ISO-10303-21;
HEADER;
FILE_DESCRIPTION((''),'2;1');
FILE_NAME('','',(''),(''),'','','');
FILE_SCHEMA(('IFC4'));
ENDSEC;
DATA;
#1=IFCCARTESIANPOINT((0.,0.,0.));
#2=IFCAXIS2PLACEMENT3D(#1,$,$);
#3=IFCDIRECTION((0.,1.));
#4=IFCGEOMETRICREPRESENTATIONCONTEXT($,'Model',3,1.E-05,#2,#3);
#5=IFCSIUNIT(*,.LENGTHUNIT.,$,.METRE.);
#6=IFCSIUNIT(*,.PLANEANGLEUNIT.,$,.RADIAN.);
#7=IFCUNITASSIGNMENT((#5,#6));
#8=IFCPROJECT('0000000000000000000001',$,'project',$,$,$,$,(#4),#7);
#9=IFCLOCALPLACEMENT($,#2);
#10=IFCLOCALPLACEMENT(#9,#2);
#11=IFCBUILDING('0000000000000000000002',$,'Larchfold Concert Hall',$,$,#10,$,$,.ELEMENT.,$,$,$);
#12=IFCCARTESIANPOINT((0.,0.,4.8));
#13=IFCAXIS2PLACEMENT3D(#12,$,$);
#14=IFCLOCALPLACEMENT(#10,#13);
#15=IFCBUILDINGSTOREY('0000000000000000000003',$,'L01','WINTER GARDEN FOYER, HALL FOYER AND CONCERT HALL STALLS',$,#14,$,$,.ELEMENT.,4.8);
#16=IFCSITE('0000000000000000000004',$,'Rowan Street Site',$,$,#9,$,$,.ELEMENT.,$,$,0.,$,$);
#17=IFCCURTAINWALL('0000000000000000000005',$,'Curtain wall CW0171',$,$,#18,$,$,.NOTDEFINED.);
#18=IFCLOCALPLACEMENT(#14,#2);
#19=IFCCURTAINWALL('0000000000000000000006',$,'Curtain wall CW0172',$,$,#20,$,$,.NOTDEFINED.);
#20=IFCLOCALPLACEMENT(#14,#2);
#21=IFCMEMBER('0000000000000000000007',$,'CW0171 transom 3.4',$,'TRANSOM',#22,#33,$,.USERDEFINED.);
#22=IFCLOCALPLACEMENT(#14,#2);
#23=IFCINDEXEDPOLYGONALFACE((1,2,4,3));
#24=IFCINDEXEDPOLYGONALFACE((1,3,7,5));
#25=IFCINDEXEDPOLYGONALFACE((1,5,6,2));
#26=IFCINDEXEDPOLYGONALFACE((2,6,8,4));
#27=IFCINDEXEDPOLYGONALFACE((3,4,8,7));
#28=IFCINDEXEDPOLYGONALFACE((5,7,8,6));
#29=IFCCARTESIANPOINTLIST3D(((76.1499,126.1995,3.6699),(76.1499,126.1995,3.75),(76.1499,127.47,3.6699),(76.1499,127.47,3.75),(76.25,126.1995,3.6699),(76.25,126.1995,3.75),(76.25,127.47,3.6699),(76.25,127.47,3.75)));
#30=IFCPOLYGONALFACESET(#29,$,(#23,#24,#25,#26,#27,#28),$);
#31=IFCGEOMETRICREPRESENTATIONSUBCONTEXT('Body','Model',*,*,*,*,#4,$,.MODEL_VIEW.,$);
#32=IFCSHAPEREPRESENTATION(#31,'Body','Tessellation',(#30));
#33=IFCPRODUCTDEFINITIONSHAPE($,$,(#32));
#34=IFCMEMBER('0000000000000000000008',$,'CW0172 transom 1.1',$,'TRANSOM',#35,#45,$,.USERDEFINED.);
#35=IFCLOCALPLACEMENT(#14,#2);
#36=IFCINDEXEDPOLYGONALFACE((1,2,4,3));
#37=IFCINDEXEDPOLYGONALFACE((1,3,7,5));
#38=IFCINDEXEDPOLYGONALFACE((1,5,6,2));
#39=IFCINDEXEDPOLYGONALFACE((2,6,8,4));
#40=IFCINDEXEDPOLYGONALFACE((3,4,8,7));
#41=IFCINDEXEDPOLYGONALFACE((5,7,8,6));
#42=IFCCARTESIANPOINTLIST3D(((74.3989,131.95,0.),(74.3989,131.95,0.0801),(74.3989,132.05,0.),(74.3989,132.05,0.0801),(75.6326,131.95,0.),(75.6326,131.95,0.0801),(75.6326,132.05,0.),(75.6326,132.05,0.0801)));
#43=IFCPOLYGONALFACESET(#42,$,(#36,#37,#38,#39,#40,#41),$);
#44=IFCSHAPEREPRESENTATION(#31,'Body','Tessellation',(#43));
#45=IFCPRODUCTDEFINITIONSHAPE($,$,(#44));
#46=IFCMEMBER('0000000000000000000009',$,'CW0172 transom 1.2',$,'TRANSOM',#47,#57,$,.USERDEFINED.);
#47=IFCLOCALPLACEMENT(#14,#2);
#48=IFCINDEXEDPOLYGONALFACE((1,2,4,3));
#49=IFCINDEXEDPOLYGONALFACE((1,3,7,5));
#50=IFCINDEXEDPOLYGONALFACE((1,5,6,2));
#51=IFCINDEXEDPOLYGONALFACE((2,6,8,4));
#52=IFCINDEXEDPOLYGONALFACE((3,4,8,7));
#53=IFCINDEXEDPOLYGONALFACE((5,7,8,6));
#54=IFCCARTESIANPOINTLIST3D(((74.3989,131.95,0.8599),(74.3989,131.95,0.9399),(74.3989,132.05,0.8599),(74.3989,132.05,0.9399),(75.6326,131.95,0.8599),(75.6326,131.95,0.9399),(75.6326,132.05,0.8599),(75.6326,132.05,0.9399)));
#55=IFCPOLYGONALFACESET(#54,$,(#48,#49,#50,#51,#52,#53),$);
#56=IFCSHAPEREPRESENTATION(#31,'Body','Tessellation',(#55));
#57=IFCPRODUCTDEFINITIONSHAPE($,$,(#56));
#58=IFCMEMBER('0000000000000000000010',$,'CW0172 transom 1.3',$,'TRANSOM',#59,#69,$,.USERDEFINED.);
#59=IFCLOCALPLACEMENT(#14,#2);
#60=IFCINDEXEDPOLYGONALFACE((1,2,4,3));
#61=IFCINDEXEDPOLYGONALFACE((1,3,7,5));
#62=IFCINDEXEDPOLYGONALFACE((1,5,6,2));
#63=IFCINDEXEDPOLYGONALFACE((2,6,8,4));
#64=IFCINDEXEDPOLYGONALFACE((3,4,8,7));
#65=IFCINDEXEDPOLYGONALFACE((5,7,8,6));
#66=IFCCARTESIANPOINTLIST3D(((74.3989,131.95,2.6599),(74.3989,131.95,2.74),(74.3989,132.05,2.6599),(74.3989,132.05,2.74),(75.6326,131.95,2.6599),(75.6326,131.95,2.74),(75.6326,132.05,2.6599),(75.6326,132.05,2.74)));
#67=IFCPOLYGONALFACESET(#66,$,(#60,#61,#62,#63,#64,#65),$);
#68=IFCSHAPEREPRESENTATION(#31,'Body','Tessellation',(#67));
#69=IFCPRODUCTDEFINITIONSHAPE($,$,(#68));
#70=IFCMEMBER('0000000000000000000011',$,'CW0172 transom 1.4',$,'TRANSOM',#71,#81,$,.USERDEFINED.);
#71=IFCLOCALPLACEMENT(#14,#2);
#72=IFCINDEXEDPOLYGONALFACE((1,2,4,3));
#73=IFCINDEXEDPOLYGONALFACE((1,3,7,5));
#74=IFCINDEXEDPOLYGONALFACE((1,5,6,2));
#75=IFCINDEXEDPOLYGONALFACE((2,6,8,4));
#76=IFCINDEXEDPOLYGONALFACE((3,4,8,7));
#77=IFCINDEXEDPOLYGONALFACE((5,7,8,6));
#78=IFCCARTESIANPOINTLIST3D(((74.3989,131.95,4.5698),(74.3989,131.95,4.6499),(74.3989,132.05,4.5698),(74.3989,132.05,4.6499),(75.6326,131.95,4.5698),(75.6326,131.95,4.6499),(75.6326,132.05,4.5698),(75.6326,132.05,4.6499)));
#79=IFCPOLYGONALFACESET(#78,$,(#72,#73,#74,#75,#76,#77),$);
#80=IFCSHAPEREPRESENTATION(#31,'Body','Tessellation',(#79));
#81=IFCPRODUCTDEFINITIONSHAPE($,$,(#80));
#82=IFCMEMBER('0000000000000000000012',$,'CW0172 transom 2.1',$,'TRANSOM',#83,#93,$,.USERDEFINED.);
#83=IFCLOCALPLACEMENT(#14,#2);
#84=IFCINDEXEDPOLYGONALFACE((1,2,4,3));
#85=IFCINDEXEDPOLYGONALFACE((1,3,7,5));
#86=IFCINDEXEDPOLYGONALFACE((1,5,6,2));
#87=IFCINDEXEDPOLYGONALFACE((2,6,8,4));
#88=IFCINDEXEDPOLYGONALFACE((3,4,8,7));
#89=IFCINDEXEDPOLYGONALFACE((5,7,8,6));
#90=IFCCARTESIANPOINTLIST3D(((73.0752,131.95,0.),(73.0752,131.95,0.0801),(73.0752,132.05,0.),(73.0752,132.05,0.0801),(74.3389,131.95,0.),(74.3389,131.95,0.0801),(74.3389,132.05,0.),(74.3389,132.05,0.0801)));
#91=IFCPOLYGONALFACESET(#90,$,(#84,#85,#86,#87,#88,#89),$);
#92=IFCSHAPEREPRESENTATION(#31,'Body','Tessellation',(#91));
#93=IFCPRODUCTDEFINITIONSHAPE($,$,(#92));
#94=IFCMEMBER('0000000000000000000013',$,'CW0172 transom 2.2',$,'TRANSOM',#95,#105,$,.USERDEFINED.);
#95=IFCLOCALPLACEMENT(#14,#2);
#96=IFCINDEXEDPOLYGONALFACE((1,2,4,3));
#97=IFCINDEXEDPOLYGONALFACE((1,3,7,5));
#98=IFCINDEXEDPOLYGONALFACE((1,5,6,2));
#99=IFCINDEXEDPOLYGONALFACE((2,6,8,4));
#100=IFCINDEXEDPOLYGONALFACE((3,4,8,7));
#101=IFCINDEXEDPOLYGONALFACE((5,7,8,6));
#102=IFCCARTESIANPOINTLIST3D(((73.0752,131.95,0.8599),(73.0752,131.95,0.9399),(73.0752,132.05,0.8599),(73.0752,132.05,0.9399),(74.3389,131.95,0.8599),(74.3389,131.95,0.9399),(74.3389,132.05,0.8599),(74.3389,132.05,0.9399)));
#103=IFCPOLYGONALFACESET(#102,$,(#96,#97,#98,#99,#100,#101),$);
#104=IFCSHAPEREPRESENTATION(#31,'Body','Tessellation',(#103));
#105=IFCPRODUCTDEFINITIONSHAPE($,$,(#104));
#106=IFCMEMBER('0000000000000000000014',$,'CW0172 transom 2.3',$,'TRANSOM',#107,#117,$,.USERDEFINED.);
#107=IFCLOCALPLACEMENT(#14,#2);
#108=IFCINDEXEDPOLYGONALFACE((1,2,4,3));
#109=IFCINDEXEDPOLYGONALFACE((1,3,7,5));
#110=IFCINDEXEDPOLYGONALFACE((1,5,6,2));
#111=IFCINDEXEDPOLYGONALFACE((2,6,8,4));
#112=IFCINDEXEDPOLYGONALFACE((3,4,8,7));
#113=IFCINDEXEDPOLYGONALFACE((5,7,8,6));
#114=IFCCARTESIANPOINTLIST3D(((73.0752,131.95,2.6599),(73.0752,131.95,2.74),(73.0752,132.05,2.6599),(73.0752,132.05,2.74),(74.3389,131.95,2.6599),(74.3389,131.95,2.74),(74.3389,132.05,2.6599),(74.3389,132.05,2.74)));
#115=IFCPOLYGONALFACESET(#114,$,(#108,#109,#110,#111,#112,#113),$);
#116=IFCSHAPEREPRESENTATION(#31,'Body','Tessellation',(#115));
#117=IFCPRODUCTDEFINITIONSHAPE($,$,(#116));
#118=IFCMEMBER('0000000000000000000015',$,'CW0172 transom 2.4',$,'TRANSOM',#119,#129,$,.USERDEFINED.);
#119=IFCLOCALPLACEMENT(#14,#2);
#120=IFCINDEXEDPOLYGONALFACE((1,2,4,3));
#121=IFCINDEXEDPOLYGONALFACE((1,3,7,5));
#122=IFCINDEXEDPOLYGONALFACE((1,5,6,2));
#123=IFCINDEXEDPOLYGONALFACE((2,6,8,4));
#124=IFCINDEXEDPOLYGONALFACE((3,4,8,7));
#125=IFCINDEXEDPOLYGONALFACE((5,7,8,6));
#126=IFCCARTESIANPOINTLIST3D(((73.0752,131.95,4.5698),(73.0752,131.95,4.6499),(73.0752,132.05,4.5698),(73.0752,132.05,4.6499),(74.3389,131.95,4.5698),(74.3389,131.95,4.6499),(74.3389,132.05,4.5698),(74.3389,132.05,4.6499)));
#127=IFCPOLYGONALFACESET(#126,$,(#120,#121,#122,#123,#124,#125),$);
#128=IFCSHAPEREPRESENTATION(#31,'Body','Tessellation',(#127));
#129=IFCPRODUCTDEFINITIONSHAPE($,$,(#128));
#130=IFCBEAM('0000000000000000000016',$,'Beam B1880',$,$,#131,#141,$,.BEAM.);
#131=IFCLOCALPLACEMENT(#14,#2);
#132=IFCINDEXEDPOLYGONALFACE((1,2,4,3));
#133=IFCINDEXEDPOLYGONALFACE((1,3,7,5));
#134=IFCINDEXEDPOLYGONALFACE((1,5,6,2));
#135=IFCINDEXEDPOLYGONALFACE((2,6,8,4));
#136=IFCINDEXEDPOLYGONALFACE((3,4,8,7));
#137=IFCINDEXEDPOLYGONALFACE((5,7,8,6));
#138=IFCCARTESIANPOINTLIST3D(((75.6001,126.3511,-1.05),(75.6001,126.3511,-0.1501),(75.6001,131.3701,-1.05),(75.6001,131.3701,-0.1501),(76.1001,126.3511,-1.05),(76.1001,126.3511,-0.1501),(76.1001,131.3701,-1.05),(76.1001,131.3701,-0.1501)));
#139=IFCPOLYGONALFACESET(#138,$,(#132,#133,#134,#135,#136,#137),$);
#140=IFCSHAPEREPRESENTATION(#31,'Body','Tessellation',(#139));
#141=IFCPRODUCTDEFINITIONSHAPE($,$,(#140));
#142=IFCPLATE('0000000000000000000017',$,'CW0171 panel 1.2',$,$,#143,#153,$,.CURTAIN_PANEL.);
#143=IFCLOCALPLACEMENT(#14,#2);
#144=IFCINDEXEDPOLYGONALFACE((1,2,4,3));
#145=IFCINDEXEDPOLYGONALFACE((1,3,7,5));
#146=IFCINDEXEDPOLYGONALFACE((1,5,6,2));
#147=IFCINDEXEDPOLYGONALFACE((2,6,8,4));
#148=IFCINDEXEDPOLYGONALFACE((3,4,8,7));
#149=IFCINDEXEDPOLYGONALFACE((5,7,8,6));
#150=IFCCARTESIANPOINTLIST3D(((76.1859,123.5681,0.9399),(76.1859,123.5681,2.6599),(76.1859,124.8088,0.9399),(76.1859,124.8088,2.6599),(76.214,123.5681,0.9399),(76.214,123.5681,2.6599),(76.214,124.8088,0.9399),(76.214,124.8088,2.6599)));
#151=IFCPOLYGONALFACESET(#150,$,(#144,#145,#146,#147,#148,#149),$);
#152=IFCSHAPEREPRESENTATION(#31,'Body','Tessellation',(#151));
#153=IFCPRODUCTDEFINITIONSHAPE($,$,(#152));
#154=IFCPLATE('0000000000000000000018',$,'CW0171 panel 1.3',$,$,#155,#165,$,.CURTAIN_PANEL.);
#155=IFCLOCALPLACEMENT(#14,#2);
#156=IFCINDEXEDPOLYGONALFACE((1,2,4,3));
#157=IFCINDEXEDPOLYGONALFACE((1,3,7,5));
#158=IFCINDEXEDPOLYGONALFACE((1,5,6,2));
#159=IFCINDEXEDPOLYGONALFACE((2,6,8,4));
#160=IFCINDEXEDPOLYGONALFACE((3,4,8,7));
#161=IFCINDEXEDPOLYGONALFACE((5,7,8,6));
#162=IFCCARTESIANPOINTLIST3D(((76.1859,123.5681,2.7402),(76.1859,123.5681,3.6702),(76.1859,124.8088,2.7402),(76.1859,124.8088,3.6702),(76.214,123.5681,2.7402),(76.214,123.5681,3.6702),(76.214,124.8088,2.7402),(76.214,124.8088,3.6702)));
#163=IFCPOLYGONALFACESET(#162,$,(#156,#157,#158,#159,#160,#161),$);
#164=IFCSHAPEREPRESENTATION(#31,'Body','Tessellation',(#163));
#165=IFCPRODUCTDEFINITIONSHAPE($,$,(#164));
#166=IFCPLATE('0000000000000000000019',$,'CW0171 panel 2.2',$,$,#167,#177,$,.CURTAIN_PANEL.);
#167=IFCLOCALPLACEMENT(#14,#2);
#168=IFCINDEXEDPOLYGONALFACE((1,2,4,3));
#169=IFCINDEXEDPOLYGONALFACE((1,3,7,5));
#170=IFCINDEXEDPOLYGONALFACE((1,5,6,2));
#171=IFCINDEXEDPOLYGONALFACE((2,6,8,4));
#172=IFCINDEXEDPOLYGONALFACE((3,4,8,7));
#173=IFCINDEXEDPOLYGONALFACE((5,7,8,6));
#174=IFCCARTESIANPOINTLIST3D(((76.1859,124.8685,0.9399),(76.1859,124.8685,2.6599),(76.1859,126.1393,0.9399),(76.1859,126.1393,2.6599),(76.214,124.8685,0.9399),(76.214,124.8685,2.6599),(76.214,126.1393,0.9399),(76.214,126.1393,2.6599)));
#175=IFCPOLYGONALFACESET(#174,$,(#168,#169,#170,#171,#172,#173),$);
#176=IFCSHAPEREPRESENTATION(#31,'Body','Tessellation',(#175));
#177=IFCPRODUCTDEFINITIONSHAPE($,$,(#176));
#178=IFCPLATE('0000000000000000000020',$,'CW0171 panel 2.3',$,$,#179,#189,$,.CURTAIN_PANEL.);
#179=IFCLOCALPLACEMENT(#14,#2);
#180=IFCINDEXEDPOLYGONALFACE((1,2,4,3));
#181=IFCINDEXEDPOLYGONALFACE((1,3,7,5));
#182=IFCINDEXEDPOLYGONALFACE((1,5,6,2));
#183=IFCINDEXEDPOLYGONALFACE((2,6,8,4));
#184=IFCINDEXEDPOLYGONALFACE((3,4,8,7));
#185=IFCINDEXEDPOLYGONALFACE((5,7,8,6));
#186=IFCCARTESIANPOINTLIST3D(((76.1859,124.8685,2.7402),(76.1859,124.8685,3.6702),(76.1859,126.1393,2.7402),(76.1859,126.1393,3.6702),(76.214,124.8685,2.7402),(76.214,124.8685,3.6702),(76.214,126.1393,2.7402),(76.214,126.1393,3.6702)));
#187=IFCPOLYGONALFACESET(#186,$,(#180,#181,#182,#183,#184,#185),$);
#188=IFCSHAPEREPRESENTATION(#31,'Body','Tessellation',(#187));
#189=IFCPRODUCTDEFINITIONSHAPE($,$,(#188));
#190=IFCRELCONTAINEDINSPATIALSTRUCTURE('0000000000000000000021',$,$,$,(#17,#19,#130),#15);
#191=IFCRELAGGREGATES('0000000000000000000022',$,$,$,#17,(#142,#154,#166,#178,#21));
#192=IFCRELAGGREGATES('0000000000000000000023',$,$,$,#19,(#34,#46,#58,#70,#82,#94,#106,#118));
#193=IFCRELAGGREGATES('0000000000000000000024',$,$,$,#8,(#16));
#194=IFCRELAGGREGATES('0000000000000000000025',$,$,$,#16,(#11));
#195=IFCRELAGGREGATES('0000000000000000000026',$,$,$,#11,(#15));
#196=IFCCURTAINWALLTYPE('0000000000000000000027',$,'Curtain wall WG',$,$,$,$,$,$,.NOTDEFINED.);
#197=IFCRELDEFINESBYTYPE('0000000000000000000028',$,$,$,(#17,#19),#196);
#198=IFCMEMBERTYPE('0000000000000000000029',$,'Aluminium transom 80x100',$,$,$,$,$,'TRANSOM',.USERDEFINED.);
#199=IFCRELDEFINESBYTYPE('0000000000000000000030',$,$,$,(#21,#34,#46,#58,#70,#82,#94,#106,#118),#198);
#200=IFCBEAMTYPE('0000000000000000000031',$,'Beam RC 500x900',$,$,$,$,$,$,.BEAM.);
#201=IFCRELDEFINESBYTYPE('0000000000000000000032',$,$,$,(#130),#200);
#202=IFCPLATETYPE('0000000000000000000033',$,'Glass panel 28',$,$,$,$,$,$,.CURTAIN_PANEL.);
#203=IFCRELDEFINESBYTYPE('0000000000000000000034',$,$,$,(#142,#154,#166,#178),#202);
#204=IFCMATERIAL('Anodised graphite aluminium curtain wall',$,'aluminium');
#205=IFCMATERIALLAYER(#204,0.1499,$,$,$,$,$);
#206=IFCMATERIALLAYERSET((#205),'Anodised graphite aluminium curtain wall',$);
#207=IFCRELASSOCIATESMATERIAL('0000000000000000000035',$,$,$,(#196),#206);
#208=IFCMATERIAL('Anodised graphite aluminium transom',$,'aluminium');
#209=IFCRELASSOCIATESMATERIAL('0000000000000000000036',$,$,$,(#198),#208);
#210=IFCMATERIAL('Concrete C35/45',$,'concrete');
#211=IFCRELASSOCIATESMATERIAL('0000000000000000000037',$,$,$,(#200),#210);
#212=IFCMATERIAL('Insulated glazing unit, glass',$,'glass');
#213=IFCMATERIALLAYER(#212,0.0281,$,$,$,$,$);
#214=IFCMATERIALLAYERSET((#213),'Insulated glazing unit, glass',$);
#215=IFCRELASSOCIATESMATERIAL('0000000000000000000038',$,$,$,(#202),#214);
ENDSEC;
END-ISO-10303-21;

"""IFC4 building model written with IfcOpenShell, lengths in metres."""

from ifc_helpers import new_model, si_unit, direction, frame, origin, origin_2d, place, context, subcontext, project, spatial, rectangle, extrude, material, layer, layer_set, material_profile, profile_set, type_object, element, aggregate, save


model = new_model("IFC4")

# Units and contexts
model_context = context("Model", 3, precision=1e-05, world=origin(), true_north=direction((0.0, 1.0)))
body_context = subcontext(model_context, "Body", "Model", "MODEL_VIEW")
ifc_project = project(units=[si_unit("LENGTHUNIT", "METRE"), si_unit("PLANEANGLEUNIT", "RADIAN")], contexts=[model_context])

# Site, building, storey
site_placement = place(None, origin())
site = spatial("IfcSite", under=ifc_project, at=site_placement, Name="Rowan Street Site", CompositionType="ELEMENT", RefElevation=0.0)
building_placement = place(site_placement, origin())
building = spatial("IfcBuilding", under=site, at=building_placement, Name="Larchfold Concert Hall", CompositionType="ELEMENT")
storey_placement = place(building_placement, frame((0.0, 0.0, 4.8)))
storey = spatial("IfcBuildingStorey", under=building, at=storey_placement, Name="L01", Description="WINTER GARDEN FOYER, HALL FOYER AND CONCERT HALL STALLS", CompositionType="ELEMENT", Elevation=4.8)

# Curtain walls
ifc_material_1 = material(Name="Anodised graphite aluminium curtain wall", Category="aluminium")
ifc_layer_1 = layer(ifc_material_1, 0.1499)
ifc_layer_set_1 = layer_set([ifc_layer_1], Name="Anodised graphite aluminium curtain wall")
curtain_wall_type = type_object("IfcCurtainWallType", Name="Curtain wall WG", PredefinedType="NOTDEFINED", material=ifc_layer_set_1)
curtain_wall_1_placement = place(storey_placement, origin())
curtain_wall_1 = element("IfcCurtainWall", 1, at=curtain_wall_1_placement, inside=storey, type_object=curtain_wall_type, Name="Curtain wall CW0171", PredefinedType="NOTDEFINED")
curtain_wall_2_placement = place(storey_placement, origin())
curtain_wall_2 = element("IfcCurtainWall", 2, at=curtain_wall_2_placement, inside=storey, type_object=curtain_wall_type, Name="Curtain wall CW0172", PredefinedType="NOTDEFINED")

# Members
ifc_material_2 = material(Name="Anodised graphite aluminium transom", Category="aluminium")
ifc_material_profile_1 = material_profile(ifc_material_2, rectangle(XDim=0.1001, YDim=0.0801, at=origin_2d()))
ifc_profile_set_1 = profile_set([ifc_material_profile_1], Name="Anodised graphite aluminium transom")
member_type_1 = type_object("IfcMemberType", Name="Aluminium transom 80x100", ElementType="TRANSOM", PredefinedType="USERDEFINED", material=ifc_profile_set_1)
member_1_placement = place(storey_placement, frame((76.2, 126.1995, 3.71), z_axis=(0.0, 1.0, 0.0), x_axis=(-1.0, 0.0, 0.0)))
member_1 = element("IfcMember", 3, at=member_1_placement, type_object=member_type_1, Name="CW0171 transom 3.4", ObjectType="TRANSOM", PredefinedType="USERDEFINED", context=body_context, shape_type="SweptSolid", body=[
    extrude(rectangle(XDim=0.1001, YDim=0.0801, at=origin_2d()), origin(), (0.0, 0.0, 1.0), 1.2705),
])
member_2_placement = place(storey_placement, frame((75.6326, 132.0, 0.04), z_axis=(-1.0, 0.0, 0.0), x_axis=(0.0, -1.0, 0.0)))
member_2 = element("IfcMember", 4, at=member_2_placement, type_object=member_type_1, Name="CW0172 transom 1.1", ObjectType="TRANSOM", PredefinedType="USERDEFINED", context=body_context, shape_type="SweptSolid", body=[
    extrude(rectangle(XDim=0.1001, YDim=0.0801, at=origin_2d()), origin(), (0.0, 0.0, 1.0), 1.2336),
])
member_3_placement = place(storey_placement, frame((75.6326, 132.0, 0.8999), z_axis=(-1.0, 0.0, 0.0), x_axis=(0.0, -1.0, 0.0)))
member_3 = element("IfcMember", 5, at=member_3_placement, type_object=member_type_1, Name="CW0172 transom 1.2", ObjectType="TRANSOM", PredefinedType="USERDEFINED", context=body_context, shape_type="SweptSolid", body=[
    extrude(rectangle(XDim=0.1001, YDim=0.0801, at=origin_2d()), origin(), (0.0, 0.0, 1.0), 1.2336),
])
member_4_placement = place(storey_placement, frame((75.6326, 132.0, 2.7), z_axis=(-1.0, 0.0, 0.0), x_axis=(0.0, -1.0, 0.0)))
member_4 = element("IfcMember", 6, at=member_4_placement, type_object=member_type_1, Name="CW0172 transom 1.3", ObjectType="TRANSOM", PredefinedType="USERDEFINED", context=body_context, shape_type="SweptSolid", body=[
    extrude(rectangle(XDim=0.1001, YDim=0.0801, at=origin_2d()), origin(), (0.0, 0.0, 1.0), 1.2336),
])
member_5_placement = place(storey_placement, frame((75.6326, 132.0, 4.6099), z_axis=(-1.0, 0.0, 0.0), x_axis=(0.0, -1.0, 0.0)))
member_5 = element("IfcMember", 7, at=member_5_placement, type_object=member_type_1, Name="CW0172 transom 1.4", ObjectType="TRANSOM", PredefinedType="USERDEFINED", context=body_context, shape_type="SweptSolid", body=[
    extrude(rectangle(XDim=0.1001, YDim=0.0801, at=origin_2d()), origin(), (0.0, 0.0, 1.0), 1.2336),
])
member_6_placement = place(storey_placement, frame((74.3389, 132.0, 0.04), z_axis=(-1.0, 0.0, 0.0), x_axis=(0.0, -1.0, 0.0)))
member_6 = element("IfcMember", 8, at=member_6_placement, type_object=member_type_1, Name="CW0172 transom 2.1", ObjectType="TRANSOM", PredefinedType="USERDEFINED", context=body_context, shape_type="SweptSolid", body=[
    extrude(rectangle(XDim=0.1001, YDim=0.0801, at=origin_2d()), origin(), (0.0, 0.0, 1.0), 1.2637),
])
member_7_placement = place(storey_placement, frame((74.3389, 132.0, 0.8999), z_axis=(-1.0, 0.0, 0.0), x_axis=(0.0, -1.0, 0.0)))
member_7 = element("IfcMember", 9, at=member_7_placement, type_object=member_type_1, Name="CW0172 transom 2.2", ObjectType="TRANSOM", PredefinedType="USERDEFINED", context=body_context, shape_type="SweptSolid", body=[
    extrude(rectangle(XDim=0.1001, YDim=0.0801, at=origin_2d()), origin(), (0.0, 0.0, 1.0), 1.2637),
])
member_8_placement = place(storey_placement, frame((74.3389, 132.0, 2.7), z_axis=(-1.0, 0.0, 0.0), x_axis=(0.0, -1.0, 0.0)))
member_8 = element("IfcMember", 10, at=member_8_placement, type_object=member_type_1, Name="CW0172 transom 2.3", ObjectType="TRANSOM", PredefinedType="USERDEFINED", context=body_context, shape_type="SweptSolid", body=[
    extrude(rectangle(XDim=0.1001, YDim=0.0801, at=origin_2d()), origin(), (0.0, 0.0, 1.0), 1.2637),
])
member_9_placement = place(storey_placement, frame((74.3389, 132.0, 4.6099), z_axis=(-1.0, 0.0, 0.0), x_axis=(0.0, -1.0, 0.0)))
member_9 = element("IfcMember", 11, at=member_9_placement, type_object=member_type_1, Name="CW0172 transom 2.4", ObjectType="TRANSOM", PredefinedType="USERDEFINED", context=body_context, shape_type="SweptSolid", body=[
    extrude(rectangle(XDim=0.1001, YDim=0.0801, at=origin_2d()), origin(), (0.0, 0.0, 1.0), 1.2637),
])

# Beam
ifc_material_3 = material(Name="Concrete C35/45", Category="concrete")
ifc_material_profile_2 = material_profile(ifc_material_3, rectangle(XDim=0.5, YDim=0.8999, at=origin_2d()))
ifc_profile_set_2 = profile_set([ifc_material_profile_2], Name="Concrete C35/45")
beam_type = type_object("IfcBeamType", Name="Beam RC 500x900", PredefinedType="BEAM", material=ifc_profile_set_2)
beam_placement = place(storey_placement, frame((75.8501, 131.3701, -0.6001), z_axis=(0.0, -1.0, 0.0), x_axis=(1.0, 0.0, 0.0)))
element("IfcBeam", 12, at=beam_placement, inside=storey, type_object=beam_type, Name="Beam B1880", PredefinedType="BEAM", context=body_context, shape_type="SweptSolid", body=[
    extrude(rectangle(XDim=0.5, YDim=0.8999, at=origin_2d()), origin(), (0.0, 0.0, 1.0), 5.019),
])

# Plates
ifc_material_4 = material(Name="Insulated glazing unit, glass", Category="glass")
ifc_layer_2 = layer(ifc_material_4, 0.0281)
ifc_layer_set_2 = layer_set([ifc_layer_2], Name="Insulated glazing unit, glass")
plate_type_1 = type_object("IfcPlateType", Name="Glass panel 28", PredefinedType="CURTAIN_PANEL", material=ifc_layer_set_2)
plate_1_placement = place(storey_placement, frame((76.2, 124.1885, 0.9399), z_axis=(0.0, 0.0, 1.0), x_axis=(0.0, 1.0, 0.0)))
plate_1 = element("IfcPlate", 13, at=plate_1_placement, type_object=plate_type_1, Name="CW0171 panel 1.2", PredefinedType="CURTAIN_PANEL", context=body_context, shape_type="SweptSolid", body=[
    extrude(rectangle(XDim=1.2407, YDim=0.0281, at=origin_2d()), origin(), (0.0, 0.0, 1.0), 1.72),
])
plate_2_placement = place(storey_placement, frame((76.2, 124.1885, 2.7402), z_axis=(0.0, 0.0, 1.0), x_axis=(0.0, 1.0, 0.0)))
plate_2 = element("IfcPlate", 14, at=plate_2_placement, type_object=plate_type_1, Name="CW0171 panel 1.3", PredefinedType="CURTAIN_PANEL", context=body_context, shape_type="SweptSolid", body=[
    extrude(rectangle(XDim=1.2407, YDim=0.0281, at=origin_2d()), origin(), (0.0, 0.0, 1.0), 0.9299),
])
plate_3_placement = place(storey_placement, frame((76.2, 125.5039, 0.9399), z_axis=(0.0, 0.0, 1.0), x_axis=(0.0, 1.0, 0.0)))
plate_3 = element("IfcPlate", 15, at=plate_3_placement, type_object=plate_type_1, Name="CW0171 panel 2.2", PredefinedType="CURTAIN_PANEL", context=body_context, shape_type="SweptSolid", body=[
    extrude(rectangle(XDim=1.2708, YDim=0.0281, at=origin_2d()), origin(), (0.0, 0.0, 1.0), 1.72),
])
plate_4_placement = place(storey_placement, frame((76.2, 125.5039, 2.7402), z_axis=(0.0, 0.0, 1.0), x_axis=(0.0, 1.0, 0.0)))
plate_4 = element("IfcPlate", 16, at=plate_4_placement, type_object=plate_type_1, Name="CW0171 panel 2.3", PredefinedType="CURTAIN_PANEL", context=body_context, shape_type="SweptSolid", body=[
    extrude(rectangle(XDim=1.2708, YDim=0.0281, at=origin_2d()), origin(), (0.0, 0.0, 1.0), 0.9299),
])
aggregate(curtain_wall_1, [plate_1, plate_2, plate_3, plate_4, member_1])
aggregate(curtain_wall_2, [member_2, member_3, member_4, member_5, member_6, member_7, member_8, member_9])

save(model, "model.ifc")
